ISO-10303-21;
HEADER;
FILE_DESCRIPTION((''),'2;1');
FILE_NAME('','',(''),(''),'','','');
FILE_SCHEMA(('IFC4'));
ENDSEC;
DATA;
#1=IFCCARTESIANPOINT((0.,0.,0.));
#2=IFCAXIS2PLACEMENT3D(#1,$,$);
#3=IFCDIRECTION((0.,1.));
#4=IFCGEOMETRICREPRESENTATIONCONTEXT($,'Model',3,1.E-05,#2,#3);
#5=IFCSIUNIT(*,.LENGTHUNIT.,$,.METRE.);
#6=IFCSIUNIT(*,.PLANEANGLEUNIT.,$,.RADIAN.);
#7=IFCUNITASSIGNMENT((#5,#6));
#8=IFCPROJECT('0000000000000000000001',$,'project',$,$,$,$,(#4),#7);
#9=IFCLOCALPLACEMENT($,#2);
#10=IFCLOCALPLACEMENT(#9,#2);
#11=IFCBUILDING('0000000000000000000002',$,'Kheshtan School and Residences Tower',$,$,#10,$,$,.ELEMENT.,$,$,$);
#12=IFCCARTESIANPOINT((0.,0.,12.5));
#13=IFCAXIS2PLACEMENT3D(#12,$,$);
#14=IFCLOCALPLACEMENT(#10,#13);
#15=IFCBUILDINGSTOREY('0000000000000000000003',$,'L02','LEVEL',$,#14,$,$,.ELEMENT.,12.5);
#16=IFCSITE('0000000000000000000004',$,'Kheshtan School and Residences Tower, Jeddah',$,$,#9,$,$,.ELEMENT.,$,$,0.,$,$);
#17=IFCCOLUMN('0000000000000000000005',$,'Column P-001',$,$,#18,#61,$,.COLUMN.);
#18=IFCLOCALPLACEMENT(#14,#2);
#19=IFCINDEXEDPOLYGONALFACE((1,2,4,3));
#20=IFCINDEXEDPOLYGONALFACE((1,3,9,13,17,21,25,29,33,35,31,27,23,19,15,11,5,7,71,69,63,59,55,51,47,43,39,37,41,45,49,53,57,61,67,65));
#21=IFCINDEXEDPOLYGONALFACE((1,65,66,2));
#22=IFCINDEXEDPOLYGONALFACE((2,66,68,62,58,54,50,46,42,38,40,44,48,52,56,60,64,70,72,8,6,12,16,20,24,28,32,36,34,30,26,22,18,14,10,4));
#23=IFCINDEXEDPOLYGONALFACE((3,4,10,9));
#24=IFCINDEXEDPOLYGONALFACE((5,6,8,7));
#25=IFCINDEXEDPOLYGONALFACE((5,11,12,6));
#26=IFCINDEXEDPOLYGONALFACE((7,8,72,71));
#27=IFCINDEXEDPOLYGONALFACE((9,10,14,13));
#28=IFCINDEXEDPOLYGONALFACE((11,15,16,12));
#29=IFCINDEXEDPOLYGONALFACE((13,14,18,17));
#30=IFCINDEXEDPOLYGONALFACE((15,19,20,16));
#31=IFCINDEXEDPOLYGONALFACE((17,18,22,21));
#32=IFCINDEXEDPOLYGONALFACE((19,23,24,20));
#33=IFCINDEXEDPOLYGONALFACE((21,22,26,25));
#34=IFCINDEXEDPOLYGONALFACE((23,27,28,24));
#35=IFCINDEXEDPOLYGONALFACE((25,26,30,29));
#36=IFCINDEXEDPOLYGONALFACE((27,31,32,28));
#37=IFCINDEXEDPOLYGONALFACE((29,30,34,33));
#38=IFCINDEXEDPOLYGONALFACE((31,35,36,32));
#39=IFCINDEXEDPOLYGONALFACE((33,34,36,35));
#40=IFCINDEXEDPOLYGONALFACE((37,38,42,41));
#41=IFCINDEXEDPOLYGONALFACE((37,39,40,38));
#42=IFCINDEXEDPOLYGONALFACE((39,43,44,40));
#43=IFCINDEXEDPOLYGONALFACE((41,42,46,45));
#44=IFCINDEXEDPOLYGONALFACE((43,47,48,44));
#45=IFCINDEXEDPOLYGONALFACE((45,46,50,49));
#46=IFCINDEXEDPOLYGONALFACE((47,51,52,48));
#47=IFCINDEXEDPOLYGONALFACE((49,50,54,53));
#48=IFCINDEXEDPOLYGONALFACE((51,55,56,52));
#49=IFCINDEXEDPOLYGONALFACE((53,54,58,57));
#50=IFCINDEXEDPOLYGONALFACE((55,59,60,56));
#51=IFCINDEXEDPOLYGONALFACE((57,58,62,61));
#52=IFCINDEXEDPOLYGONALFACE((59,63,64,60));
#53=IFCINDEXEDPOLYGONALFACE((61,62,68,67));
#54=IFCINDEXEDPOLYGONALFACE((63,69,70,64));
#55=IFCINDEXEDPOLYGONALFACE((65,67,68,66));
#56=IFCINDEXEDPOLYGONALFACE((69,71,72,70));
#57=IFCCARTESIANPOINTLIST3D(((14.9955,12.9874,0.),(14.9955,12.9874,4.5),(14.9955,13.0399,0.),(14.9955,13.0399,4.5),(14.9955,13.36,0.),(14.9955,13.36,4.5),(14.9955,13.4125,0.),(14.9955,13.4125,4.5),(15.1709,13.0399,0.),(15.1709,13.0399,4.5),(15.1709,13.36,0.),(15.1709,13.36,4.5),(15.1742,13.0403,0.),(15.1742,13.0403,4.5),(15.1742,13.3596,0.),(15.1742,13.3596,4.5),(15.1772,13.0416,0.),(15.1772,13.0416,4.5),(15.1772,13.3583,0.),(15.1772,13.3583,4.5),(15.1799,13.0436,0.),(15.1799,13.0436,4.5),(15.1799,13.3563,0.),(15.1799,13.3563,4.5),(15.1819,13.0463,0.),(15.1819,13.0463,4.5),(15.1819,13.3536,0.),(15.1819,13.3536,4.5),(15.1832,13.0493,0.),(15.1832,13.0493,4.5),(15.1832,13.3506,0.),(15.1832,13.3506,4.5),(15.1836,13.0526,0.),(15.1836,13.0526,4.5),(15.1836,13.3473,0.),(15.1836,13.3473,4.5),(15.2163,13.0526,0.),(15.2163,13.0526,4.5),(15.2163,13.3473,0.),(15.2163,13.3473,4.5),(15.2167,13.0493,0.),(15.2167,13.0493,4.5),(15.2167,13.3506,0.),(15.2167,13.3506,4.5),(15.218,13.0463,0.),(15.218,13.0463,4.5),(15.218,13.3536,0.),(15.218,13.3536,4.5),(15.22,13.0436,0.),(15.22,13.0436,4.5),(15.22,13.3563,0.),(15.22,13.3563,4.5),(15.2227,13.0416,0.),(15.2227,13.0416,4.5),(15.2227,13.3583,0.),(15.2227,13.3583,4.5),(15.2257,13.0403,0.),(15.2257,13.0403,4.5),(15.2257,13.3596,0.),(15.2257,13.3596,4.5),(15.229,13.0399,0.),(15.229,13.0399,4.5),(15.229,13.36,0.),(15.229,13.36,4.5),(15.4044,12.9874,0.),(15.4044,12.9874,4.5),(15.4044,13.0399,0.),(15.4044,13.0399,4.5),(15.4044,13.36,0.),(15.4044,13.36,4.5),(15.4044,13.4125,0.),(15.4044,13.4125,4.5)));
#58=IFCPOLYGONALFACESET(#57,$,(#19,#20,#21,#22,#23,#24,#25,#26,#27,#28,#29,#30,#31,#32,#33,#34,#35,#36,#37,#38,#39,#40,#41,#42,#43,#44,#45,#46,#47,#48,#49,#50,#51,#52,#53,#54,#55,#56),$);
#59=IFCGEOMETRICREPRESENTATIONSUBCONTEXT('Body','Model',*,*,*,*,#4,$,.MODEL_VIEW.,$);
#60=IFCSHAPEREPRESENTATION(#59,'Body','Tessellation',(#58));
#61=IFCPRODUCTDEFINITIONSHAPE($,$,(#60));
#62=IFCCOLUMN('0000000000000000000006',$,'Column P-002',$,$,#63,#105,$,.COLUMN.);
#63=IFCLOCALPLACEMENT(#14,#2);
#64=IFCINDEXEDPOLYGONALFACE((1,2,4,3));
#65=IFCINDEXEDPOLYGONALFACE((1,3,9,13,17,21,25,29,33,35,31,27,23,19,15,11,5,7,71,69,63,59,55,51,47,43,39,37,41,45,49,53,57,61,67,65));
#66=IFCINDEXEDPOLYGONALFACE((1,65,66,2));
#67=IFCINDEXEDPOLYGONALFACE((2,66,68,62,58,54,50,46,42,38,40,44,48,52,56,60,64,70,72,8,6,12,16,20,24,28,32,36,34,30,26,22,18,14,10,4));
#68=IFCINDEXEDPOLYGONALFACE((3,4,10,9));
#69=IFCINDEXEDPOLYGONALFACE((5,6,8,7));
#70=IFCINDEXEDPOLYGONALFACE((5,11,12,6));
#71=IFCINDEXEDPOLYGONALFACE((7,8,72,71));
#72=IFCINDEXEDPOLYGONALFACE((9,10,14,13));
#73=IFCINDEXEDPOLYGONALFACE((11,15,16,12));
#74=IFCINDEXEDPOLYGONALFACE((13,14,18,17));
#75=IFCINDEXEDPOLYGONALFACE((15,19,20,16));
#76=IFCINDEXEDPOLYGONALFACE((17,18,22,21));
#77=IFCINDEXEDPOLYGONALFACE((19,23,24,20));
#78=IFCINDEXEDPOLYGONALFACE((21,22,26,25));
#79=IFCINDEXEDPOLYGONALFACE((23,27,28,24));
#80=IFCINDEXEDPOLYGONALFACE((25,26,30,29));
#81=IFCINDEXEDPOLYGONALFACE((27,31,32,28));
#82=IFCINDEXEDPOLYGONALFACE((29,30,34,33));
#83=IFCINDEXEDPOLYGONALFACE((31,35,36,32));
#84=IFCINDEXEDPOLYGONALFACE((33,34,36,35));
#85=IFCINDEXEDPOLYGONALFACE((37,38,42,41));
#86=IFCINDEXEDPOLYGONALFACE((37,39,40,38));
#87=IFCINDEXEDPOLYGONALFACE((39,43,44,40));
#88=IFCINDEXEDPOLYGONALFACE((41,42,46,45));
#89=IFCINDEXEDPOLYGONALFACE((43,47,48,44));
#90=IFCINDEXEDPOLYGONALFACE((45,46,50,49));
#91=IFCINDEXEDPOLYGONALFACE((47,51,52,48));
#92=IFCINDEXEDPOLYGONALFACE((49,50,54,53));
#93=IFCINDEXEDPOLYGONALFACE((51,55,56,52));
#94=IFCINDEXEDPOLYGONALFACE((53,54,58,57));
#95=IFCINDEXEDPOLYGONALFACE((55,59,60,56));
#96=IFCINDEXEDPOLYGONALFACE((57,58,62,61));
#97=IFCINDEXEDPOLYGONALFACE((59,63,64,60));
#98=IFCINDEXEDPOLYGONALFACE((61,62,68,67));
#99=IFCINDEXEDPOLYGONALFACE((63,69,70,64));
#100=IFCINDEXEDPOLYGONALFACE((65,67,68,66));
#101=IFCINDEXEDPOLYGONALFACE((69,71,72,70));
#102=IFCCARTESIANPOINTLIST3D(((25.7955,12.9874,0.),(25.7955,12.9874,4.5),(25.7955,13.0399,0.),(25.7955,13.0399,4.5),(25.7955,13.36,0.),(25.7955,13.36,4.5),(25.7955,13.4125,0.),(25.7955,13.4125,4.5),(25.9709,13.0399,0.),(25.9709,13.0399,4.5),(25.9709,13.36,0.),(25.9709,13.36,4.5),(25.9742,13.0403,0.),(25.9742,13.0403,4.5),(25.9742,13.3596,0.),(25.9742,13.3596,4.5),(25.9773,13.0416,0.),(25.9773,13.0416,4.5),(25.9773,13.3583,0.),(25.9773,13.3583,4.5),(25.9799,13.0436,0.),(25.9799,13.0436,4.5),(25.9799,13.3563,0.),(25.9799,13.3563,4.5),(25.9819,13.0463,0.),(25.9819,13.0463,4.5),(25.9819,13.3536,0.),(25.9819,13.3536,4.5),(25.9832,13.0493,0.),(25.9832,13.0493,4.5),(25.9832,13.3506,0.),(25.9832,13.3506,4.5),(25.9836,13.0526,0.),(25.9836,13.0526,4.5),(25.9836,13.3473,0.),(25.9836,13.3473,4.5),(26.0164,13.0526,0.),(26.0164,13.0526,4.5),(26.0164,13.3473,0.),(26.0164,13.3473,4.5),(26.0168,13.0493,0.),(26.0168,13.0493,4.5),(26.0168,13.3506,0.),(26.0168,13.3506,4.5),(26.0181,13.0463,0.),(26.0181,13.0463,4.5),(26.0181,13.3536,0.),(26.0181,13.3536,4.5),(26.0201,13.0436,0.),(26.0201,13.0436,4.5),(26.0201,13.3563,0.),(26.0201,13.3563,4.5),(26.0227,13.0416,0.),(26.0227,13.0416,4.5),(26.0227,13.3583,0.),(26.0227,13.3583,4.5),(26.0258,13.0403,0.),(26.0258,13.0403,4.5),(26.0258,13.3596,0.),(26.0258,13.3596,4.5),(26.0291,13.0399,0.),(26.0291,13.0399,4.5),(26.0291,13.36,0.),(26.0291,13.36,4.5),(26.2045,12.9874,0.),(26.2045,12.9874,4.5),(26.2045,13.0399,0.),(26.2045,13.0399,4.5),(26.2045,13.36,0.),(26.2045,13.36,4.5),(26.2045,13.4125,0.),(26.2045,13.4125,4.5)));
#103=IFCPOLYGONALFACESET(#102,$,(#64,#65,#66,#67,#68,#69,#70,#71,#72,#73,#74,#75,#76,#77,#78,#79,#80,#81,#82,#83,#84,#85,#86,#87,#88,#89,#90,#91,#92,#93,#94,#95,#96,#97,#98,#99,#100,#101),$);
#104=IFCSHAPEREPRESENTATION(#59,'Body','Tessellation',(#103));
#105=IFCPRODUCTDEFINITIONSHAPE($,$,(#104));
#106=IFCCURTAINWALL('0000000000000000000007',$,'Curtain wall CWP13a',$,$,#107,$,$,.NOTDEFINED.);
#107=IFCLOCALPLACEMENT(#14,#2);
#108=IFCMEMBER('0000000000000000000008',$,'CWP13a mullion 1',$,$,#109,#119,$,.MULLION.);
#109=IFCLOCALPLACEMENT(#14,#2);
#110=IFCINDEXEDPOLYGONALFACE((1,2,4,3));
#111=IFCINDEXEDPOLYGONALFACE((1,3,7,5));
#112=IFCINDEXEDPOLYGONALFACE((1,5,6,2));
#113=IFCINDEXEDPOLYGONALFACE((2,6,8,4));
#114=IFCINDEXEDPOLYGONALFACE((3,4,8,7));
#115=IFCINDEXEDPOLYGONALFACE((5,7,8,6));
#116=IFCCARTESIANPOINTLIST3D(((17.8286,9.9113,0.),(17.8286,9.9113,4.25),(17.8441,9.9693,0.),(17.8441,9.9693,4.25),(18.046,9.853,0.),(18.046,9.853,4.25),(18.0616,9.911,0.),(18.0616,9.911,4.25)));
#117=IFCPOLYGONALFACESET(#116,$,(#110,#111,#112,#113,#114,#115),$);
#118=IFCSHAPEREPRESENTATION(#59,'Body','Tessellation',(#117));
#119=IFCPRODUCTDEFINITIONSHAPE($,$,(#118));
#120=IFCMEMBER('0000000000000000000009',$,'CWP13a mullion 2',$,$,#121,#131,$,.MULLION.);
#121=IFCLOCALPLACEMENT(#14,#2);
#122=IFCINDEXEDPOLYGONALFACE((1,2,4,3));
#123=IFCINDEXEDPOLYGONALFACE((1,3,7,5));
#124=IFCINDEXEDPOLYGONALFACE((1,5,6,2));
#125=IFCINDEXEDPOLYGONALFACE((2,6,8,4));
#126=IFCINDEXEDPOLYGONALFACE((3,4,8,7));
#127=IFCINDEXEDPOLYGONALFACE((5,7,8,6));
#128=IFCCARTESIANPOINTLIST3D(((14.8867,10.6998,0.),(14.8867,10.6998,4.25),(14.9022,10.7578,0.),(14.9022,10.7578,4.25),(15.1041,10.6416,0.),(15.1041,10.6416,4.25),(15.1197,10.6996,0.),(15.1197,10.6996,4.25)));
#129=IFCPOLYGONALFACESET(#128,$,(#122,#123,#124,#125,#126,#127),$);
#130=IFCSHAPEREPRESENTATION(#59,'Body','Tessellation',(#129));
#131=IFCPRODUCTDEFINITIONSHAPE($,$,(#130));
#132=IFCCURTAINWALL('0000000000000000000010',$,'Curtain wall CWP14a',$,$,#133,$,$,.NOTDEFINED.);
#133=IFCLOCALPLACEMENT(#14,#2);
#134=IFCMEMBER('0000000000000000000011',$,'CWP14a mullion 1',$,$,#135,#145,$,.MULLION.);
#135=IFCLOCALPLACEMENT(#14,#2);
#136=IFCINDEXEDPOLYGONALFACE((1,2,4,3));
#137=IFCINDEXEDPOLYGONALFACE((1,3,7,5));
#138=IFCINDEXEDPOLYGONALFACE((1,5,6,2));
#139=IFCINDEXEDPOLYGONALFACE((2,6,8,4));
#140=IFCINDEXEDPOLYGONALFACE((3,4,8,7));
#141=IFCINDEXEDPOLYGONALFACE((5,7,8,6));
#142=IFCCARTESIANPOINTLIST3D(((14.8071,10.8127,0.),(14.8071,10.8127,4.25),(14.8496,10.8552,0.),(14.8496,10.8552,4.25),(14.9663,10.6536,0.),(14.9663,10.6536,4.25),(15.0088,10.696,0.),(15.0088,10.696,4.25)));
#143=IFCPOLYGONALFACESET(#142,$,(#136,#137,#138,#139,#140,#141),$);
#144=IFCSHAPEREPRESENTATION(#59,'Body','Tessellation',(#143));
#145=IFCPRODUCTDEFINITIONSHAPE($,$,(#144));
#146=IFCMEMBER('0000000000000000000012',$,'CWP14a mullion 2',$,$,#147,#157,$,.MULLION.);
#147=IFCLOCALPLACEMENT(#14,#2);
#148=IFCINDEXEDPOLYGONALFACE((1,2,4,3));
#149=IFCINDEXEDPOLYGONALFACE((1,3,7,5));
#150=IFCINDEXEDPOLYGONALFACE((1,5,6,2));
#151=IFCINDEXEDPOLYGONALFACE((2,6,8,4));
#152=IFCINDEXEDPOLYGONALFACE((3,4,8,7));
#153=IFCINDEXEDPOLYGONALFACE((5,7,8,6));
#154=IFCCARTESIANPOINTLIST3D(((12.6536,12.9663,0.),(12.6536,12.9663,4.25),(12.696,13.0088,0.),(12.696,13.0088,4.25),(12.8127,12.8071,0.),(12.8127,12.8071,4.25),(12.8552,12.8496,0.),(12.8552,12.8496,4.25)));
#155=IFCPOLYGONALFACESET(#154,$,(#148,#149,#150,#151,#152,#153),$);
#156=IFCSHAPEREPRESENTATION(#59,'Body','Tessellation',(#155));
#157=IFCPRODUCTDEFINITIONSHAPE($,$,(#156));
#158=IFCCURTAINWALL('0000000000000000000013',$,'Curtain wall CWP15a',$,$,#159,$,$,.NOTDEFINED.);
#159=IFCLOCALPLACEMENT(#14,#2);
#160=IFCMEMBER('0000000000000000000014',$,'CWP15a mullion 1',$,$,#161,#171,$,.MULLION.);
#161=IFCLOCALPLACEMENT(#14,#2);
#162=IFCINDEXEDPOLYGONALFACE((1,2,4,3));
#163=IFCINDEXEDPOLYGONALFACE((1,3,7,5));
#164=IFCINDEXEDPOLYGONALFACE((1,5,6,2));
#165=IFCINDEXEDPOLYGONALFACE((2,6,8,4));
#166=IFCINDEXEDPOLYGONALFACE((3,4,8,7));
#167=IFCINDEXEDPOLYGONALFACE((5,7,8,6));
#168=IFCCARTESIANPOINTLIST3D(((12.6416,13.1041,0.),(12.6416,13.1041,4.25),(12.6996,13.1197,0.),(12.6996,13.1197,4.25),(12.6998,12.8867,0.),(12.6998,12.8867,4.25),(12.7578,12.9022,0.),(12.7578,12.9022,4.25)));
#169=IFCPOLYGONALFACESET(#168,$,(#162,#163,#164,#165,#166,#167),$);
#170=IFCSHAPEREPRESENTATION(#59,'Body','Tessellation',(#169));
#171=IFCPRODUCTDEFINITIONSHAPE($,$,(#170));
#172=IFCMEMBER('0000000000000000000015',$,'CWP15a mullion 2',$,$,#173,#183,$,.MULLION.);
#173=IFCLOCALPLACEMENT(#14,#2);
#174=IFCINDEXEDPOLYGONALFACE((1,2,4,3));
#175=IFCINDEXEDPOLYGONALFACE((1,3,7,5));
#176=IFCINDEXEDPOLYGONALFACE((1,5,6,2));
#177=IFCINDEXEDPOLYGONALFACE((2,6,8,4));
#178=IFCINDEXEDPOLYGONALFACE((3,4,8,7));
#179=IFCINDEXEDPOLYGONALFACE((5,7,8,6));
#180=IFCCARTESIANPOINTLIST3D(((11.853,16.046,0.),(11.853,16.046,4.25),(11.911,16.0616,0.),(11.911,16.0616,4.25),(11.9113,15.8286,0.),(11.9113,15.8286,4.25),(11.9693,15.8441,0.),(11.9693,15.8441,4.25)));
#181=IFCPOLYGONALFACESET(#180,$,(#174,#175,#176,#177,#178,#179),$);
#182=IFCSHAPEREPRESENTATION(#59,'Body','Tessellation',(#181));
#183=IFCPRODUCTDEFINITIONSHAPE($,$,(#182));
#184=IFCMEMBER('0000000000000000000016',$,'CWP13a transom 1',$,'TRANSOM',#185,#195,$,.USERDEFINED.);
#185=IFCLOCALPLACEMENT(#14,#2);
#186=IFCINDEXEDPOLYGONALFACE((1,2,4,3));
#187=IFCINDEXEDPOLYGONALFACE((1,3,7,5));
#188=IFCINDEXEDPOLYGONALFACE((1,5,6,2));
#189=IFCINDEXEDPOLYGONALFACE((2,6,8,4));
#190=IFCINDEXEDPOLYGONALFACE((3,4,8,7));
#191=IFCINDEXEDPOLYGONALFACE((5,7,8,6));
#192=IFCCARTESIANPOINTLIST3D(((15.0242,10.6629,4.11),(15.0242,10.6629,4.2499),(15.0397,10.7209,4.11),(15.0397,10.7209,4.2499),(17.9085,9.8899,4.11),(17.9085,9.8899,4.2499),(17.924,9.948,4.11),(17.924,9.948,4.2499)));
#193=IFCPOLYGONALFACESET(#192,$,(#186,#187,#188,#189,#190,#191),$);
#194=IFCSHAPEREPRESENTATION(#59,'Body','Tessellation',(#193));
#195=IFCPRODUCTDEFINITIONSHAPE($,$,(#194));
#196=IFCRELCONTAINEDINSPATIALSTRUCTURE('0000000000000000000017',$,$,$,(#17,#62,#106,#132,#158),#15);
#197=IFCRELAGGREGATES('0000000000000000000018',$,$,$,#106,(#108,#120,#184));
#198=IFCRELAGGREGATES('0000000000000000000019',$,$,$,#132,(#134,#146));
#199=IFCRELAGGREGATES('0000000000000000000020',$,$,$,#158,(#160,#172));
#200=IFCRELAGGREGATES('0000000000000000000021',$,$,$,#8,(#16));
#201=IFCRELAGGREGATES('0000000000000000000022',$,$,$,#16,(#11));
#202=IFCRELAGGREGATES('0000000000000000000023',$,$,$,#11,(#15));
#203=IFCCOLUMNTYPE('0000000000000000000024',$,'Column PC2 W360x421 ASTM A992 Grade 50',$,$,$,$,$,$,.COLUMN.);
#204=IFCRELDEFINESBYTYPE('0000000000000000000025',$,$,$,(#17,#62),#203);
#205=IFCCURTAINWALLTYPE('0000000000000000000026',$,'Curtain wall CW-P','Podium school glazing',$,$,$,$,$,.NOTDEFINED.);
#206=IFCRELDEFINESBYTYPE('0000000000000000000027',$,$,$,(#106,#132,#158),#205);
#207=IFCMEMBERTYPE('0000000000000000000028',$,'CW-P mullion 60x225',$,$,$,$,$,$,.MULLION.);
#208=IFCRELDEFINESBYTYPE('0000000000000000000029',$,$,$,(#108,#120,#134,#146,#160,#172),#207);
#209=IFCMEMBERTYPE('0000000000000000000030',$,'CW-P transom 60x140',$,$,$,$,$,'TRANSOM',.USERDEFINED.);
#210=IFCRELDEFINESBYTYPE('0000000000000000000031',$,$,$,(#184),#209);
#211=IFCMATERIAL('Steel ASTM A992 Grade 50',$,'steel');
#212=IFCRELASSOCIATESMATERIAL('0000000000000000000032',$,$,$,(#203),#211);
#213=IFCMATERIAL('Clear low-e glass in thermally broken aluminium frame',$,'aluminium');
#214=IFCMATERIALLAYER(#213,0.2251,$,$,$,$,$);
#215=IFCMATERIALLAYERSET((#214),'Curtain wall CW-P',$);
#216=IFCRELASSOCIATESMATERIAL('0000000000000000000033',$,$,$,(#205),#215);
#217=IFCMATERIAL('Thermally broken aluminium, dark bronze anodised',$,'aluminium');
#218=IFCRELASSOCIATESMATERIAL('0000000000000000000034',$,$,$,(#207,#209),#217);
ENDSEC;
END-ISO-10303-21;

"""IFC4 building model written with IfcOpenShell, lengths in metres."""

from ifc_helpers import new_model, si_unit, direction, frame, origin, origin_2d, place, context, subcontext, project, spatial, rectangle, i_section, extrude, material, layer, layer_set, material_profile, profile_set, type_object, element, aggregate, save


model = new_model("IFC4")

# Units and contexts
model_context = context("Model", 3, precision=1e-05, world=origin(), true_north=direction((0.0, 1.0)))
body_context = subcontext(model_context, "Body", "Model", "MODEL_VIEW")
ifc_project = project(units=[si_unit("LENGTHUNIT", "METRE"), si_unit("PLANEANGLEUNIT", "RADIAN")], contexts=[model_context])

# Site, building, storey
site_placement = place(None, origin())
site = spatial("IfcSite", under=ifc_project, at=site_placement, Name="Kheshtan School and Residences Tower, Jeddah", CompositionType="ELEMENT", RefElevation=0.0)
building_placement = place(site_placement, origin())
building = spatial("IfcBuilding", under=site, at=building_placement, Name="Kheshtan School and Residences Tower", CompositionType="ELEMENT")
storey_placement = place(building_placement, frame((0.0, 0.0, 12.5)))
storey = spatial("IfcBuildingStorey", under=building, at=storey_placement, Name="L02", Description="LEVEL", CompositionType="ELEMENT", Elevation=12.5)

# Columns
ifc_material_1 = material(Name="Steel ASTM A992 Grade 50", Category="steel")
ifc_material_profile_1 = material_profile(ifc_material_1, i_section(OverallWidth=0.4089, OverallDepth=0.425, WebThickness=0.0327, FlangeThickness=0.0525, FilletRadius=0.0127, at=origin_2d()), Name="W360x421")
ifc_profile_set_1 = profile_set([ifc_material_profile_1], Name="Steel ASTM A992 Grade 50")
column_type = type_object("IfcColumnType", Name="Column PC2 W360x421 ASTM A992 Grade 50", PredefinedType="COLUMN", material=ifc_profile_set_1)
for number, where, z_axis, x_axis, name in (
    (1, (15.2, 13.2, 0.0), (0.0, 0.0, 1.0), (1.0, 0.0, 0.0), "Column P-001"),
    (2, (26.0, 13.2, 0.0), (0.0, 0.0, 1.0), (1.0, 0.0, 0.0), "Column P-002"),
):
    element("IfcColumn", number, at=place(storey_placement, frame(where, z_axis=z_axis, x_axis=x_axis)), inside=storey, type_object=column_type, Name=name, PredefinedType="COLUMN", context=body_context, shape_type="SweptSolid", body=[
        extrude(i_section(OverallWidth=0.4089, OverallDepth=0.425, WebThickness=0.0327, FlangeThickness=0.0525, FilletRadius=0.0127, at=origin_2d()), origin(), (0.0, 0.0, 1.0), 4.5),
    ])

# Curtain walls, members
ifc_material_2 = material(Name="Clear low-e glass in thermally broken aluminium frame", Category="aluminium")
ifc_layer_1 = layer(ifc_material_2, 0.2251)
ifc_layer_set_1 = layer_set([ifc_layer_1], Name="Curtain wall CW-P")
curtain_wall_type = type_object("IfcCurtainWallType", Name="Curtain wall CW-P", Description="Podium school glazing", PredefinedType="NOTDEFINED", material=ifc_layer_set_1)
curtain_wall_1_placement = place(storey_placement, origin())
curtain_wall_1 = element("IfcCurtainWall", 3, at=curtain_wall_1_placement, inside=storey, type_object=curtain_wall_type, Name="Curtain wall CWP13a", PredefinedType="NOTDEFINED")
ifc_material_3 = material(Name="Thermally broken aluminium, dark bronze anodised", Category="aluminium")
ifc_material_profile_2 = material_profile(ifc_material_3, rectangle(XDim=0.0601, YDim=0.2251, at=origin_2d()), Name="CW-P mullion 60x225")
ifc_profile_set_2 = profile_set([ifc_material_profile_2], Name="Thermally broken aluminium, dark bronze anodised")
member_type_1 = type_object("IfcMemberType", Name="CW-P mullion 60x225", PredefinedType="MULLION", material=ifc_profile_set_2)
member_1_placement = place(storey_placement, frame((17.9451, 9.9111, 0.0), z_axis=(0.0, 0.0, 1.0), x_axis=(-0.258865, -0.965914, 0.0)))
member_1 = element("IfcMember", 4, at=member_1_placement, type_object=member_type_1, Name="CWP13a mullion 1", PredefinedType="MULLION", context=body_context, shape_type="SweptSolid", body=[
    extrude(rectangle(XDim=0.0601, YDim=0.2251, at=origin_2d()), origin(), (0.0, 0.0, 1.0), 4.25),
])
member_2_placement = place(storey_placement, frame((15.0032, 10.6997, 0.0), z_axis=(0.0, 0.0, 1.0), x_axis=(-0.258865, -0.965914, 0.0)))
member_2 = element("IfcMember", 5, at=member_2_placement, type_object=member_type_1, Name="CWP13a mullion 2", PredefinedType="MULLION", context=body_context, shape_type="SweptSolid", body=[
    extrude(rectangle(XDim=0.0601, YDim=0.2251, at=origin_2d()), origin(), (0.0, 0.0, 1.0), 4.25),
])
curtain_wall_2_placement = place(storey_placement, origin())
curtain_wall_2 = element("IfcCurtainWall", 6, at=curtain_wall_2_placement, inside=storey, type_object=curtain_wall_type, Name="Curtain wall CWP14a", PredefinedType="NOTDEFINED")
member_3_placement = place(storey_placement, frame((14.908, 10.7544, 0.0), z_axis=(0.0, 0.0, 1.0), x_axis=(-0.707107, -0.707107, 0.0)))
member_3 = element("IfcMember", 7, at=member_3_placement, type_object=member_type_1, Name="CWP14a mullion 1", PredefinedType="MULLION", context=body_context, shape_type="SweptSolid", body=[
    extrude(rectangle(XDim=0.0601, YDim=0.2251, at=origin_2d()), origin(), (0.0, 0.0, 1.0), 4.25),
])
member_4_placement = place(storey_placement, frame((12.7544, 12.908, 0.0), z_axis=(0.0, 0.0, 1.0), x_axis=(-0.707107, -0.707107, 0.0)))
member_4 = element("IfcMember", 8, at=member_4_placement, type_object=member_type_1, Name="CWP14a mullion 2", PredefinedType="MULLION", context=body_context, shape_type="SweptSolid", body=[
    extrude(rectangle(XDim=0.0601, YDim=0.2251, at=origin_2d()), origin(), (0.0, 0.0, 1.0), 4.25),
])
curtain_wall_3_placement = place(storey_placement, origin())
curtain_wall_3 = element("IfcCurtainWall", 9, at=curtain_wall_3_placement, inside=storey, type_object=curtain_wall_type, Name="Curtain wall CWP15a", PredefinedType="NOTDEFINED")
member_5_placement = place(storey_placement, frame((12.6997, 13.0032, 0.0), z_axis=(0.0, 0.0, 1.0), x_axis=(-0.965914, -0.258865, 0.0)))
member_5 = element("IfcMember", 10, at=member_5_placement, type_object=member_type_1, Name="CWP15a mullion 1", PredefinedType="MULLION", context=body_context, shape_type="SweptSolid", body=[
    extrude(rectangle(XDim=0.0601, YDim=0.2251, at=origin_2d()), origin(), (0.0, 0.0, 1.0), 4.25),
])
member_6_placement = place(storey_placement, frame((11.9111, 15.9451, 0.0), z_axis=(0.0, 0.0, 1.0), x_axis=(-0.965914, -0.258865, 0.0)))
member_6 = element("IfcMember", 11, at=member_6_placement, type_object=member_type_1, Name="CWP15a mullion 2", PredefinedType="MULLION", context=body_context, shape_type="SweptSolid", body=[
    extrude(rectangle(XDim=0.0601, YDim=0.2251, at=origin_2d()), origin(), (0.0, 0.0, 1.0), 4.25),
])

# Member
ifc_material_profile_3 = material_profile(ifc_material_3, rectangle(XDim=0.0601, YDim=0.1399, at=origin_2d()), Name="CW-P transom 60x140")
ifc_profile_set_3 = profile_set([ifc_material_profile_3], Name="Thermally broken aluminium, dark bronze anodised")
member_type_2 = type_object("IfcMemberType", Name="CW-P transom 60x140", ElementType="TRANSOM", PredefinedType="USERDEFINED", material=ifc_profile_set_3)
member_7_placement = place(storey_placement, frame((17.9163, 9.9189, 4.1799), z_axis=(-0.965917, 0.258853, 0.0), x_axis=(-0.258853, -0.965917, 0.0)))
member_7 = element("IfcMember", 12, at=member_7_placement, type_object=member_type_2, Name="CWP13a transom 1", ObjectType="TRANSOM", PredefinedType="USERDEFINED", context=body_context, shape_type="SweptSolid", body=[
    extrude(rectangle(XDim=0.0601, YDim=0.1399, at=origin_2d()), origin(), (0.0, 0.0, 1.0), 2.9861),
])

aggregate(curtain_wall_1, [member_1, member_2, member_7])
aggregate(curtain_wall_2, [member_3, member_4])
aggregate(curtain_wall_3, [member_5, member_6])

save(model, "model.ifc")
